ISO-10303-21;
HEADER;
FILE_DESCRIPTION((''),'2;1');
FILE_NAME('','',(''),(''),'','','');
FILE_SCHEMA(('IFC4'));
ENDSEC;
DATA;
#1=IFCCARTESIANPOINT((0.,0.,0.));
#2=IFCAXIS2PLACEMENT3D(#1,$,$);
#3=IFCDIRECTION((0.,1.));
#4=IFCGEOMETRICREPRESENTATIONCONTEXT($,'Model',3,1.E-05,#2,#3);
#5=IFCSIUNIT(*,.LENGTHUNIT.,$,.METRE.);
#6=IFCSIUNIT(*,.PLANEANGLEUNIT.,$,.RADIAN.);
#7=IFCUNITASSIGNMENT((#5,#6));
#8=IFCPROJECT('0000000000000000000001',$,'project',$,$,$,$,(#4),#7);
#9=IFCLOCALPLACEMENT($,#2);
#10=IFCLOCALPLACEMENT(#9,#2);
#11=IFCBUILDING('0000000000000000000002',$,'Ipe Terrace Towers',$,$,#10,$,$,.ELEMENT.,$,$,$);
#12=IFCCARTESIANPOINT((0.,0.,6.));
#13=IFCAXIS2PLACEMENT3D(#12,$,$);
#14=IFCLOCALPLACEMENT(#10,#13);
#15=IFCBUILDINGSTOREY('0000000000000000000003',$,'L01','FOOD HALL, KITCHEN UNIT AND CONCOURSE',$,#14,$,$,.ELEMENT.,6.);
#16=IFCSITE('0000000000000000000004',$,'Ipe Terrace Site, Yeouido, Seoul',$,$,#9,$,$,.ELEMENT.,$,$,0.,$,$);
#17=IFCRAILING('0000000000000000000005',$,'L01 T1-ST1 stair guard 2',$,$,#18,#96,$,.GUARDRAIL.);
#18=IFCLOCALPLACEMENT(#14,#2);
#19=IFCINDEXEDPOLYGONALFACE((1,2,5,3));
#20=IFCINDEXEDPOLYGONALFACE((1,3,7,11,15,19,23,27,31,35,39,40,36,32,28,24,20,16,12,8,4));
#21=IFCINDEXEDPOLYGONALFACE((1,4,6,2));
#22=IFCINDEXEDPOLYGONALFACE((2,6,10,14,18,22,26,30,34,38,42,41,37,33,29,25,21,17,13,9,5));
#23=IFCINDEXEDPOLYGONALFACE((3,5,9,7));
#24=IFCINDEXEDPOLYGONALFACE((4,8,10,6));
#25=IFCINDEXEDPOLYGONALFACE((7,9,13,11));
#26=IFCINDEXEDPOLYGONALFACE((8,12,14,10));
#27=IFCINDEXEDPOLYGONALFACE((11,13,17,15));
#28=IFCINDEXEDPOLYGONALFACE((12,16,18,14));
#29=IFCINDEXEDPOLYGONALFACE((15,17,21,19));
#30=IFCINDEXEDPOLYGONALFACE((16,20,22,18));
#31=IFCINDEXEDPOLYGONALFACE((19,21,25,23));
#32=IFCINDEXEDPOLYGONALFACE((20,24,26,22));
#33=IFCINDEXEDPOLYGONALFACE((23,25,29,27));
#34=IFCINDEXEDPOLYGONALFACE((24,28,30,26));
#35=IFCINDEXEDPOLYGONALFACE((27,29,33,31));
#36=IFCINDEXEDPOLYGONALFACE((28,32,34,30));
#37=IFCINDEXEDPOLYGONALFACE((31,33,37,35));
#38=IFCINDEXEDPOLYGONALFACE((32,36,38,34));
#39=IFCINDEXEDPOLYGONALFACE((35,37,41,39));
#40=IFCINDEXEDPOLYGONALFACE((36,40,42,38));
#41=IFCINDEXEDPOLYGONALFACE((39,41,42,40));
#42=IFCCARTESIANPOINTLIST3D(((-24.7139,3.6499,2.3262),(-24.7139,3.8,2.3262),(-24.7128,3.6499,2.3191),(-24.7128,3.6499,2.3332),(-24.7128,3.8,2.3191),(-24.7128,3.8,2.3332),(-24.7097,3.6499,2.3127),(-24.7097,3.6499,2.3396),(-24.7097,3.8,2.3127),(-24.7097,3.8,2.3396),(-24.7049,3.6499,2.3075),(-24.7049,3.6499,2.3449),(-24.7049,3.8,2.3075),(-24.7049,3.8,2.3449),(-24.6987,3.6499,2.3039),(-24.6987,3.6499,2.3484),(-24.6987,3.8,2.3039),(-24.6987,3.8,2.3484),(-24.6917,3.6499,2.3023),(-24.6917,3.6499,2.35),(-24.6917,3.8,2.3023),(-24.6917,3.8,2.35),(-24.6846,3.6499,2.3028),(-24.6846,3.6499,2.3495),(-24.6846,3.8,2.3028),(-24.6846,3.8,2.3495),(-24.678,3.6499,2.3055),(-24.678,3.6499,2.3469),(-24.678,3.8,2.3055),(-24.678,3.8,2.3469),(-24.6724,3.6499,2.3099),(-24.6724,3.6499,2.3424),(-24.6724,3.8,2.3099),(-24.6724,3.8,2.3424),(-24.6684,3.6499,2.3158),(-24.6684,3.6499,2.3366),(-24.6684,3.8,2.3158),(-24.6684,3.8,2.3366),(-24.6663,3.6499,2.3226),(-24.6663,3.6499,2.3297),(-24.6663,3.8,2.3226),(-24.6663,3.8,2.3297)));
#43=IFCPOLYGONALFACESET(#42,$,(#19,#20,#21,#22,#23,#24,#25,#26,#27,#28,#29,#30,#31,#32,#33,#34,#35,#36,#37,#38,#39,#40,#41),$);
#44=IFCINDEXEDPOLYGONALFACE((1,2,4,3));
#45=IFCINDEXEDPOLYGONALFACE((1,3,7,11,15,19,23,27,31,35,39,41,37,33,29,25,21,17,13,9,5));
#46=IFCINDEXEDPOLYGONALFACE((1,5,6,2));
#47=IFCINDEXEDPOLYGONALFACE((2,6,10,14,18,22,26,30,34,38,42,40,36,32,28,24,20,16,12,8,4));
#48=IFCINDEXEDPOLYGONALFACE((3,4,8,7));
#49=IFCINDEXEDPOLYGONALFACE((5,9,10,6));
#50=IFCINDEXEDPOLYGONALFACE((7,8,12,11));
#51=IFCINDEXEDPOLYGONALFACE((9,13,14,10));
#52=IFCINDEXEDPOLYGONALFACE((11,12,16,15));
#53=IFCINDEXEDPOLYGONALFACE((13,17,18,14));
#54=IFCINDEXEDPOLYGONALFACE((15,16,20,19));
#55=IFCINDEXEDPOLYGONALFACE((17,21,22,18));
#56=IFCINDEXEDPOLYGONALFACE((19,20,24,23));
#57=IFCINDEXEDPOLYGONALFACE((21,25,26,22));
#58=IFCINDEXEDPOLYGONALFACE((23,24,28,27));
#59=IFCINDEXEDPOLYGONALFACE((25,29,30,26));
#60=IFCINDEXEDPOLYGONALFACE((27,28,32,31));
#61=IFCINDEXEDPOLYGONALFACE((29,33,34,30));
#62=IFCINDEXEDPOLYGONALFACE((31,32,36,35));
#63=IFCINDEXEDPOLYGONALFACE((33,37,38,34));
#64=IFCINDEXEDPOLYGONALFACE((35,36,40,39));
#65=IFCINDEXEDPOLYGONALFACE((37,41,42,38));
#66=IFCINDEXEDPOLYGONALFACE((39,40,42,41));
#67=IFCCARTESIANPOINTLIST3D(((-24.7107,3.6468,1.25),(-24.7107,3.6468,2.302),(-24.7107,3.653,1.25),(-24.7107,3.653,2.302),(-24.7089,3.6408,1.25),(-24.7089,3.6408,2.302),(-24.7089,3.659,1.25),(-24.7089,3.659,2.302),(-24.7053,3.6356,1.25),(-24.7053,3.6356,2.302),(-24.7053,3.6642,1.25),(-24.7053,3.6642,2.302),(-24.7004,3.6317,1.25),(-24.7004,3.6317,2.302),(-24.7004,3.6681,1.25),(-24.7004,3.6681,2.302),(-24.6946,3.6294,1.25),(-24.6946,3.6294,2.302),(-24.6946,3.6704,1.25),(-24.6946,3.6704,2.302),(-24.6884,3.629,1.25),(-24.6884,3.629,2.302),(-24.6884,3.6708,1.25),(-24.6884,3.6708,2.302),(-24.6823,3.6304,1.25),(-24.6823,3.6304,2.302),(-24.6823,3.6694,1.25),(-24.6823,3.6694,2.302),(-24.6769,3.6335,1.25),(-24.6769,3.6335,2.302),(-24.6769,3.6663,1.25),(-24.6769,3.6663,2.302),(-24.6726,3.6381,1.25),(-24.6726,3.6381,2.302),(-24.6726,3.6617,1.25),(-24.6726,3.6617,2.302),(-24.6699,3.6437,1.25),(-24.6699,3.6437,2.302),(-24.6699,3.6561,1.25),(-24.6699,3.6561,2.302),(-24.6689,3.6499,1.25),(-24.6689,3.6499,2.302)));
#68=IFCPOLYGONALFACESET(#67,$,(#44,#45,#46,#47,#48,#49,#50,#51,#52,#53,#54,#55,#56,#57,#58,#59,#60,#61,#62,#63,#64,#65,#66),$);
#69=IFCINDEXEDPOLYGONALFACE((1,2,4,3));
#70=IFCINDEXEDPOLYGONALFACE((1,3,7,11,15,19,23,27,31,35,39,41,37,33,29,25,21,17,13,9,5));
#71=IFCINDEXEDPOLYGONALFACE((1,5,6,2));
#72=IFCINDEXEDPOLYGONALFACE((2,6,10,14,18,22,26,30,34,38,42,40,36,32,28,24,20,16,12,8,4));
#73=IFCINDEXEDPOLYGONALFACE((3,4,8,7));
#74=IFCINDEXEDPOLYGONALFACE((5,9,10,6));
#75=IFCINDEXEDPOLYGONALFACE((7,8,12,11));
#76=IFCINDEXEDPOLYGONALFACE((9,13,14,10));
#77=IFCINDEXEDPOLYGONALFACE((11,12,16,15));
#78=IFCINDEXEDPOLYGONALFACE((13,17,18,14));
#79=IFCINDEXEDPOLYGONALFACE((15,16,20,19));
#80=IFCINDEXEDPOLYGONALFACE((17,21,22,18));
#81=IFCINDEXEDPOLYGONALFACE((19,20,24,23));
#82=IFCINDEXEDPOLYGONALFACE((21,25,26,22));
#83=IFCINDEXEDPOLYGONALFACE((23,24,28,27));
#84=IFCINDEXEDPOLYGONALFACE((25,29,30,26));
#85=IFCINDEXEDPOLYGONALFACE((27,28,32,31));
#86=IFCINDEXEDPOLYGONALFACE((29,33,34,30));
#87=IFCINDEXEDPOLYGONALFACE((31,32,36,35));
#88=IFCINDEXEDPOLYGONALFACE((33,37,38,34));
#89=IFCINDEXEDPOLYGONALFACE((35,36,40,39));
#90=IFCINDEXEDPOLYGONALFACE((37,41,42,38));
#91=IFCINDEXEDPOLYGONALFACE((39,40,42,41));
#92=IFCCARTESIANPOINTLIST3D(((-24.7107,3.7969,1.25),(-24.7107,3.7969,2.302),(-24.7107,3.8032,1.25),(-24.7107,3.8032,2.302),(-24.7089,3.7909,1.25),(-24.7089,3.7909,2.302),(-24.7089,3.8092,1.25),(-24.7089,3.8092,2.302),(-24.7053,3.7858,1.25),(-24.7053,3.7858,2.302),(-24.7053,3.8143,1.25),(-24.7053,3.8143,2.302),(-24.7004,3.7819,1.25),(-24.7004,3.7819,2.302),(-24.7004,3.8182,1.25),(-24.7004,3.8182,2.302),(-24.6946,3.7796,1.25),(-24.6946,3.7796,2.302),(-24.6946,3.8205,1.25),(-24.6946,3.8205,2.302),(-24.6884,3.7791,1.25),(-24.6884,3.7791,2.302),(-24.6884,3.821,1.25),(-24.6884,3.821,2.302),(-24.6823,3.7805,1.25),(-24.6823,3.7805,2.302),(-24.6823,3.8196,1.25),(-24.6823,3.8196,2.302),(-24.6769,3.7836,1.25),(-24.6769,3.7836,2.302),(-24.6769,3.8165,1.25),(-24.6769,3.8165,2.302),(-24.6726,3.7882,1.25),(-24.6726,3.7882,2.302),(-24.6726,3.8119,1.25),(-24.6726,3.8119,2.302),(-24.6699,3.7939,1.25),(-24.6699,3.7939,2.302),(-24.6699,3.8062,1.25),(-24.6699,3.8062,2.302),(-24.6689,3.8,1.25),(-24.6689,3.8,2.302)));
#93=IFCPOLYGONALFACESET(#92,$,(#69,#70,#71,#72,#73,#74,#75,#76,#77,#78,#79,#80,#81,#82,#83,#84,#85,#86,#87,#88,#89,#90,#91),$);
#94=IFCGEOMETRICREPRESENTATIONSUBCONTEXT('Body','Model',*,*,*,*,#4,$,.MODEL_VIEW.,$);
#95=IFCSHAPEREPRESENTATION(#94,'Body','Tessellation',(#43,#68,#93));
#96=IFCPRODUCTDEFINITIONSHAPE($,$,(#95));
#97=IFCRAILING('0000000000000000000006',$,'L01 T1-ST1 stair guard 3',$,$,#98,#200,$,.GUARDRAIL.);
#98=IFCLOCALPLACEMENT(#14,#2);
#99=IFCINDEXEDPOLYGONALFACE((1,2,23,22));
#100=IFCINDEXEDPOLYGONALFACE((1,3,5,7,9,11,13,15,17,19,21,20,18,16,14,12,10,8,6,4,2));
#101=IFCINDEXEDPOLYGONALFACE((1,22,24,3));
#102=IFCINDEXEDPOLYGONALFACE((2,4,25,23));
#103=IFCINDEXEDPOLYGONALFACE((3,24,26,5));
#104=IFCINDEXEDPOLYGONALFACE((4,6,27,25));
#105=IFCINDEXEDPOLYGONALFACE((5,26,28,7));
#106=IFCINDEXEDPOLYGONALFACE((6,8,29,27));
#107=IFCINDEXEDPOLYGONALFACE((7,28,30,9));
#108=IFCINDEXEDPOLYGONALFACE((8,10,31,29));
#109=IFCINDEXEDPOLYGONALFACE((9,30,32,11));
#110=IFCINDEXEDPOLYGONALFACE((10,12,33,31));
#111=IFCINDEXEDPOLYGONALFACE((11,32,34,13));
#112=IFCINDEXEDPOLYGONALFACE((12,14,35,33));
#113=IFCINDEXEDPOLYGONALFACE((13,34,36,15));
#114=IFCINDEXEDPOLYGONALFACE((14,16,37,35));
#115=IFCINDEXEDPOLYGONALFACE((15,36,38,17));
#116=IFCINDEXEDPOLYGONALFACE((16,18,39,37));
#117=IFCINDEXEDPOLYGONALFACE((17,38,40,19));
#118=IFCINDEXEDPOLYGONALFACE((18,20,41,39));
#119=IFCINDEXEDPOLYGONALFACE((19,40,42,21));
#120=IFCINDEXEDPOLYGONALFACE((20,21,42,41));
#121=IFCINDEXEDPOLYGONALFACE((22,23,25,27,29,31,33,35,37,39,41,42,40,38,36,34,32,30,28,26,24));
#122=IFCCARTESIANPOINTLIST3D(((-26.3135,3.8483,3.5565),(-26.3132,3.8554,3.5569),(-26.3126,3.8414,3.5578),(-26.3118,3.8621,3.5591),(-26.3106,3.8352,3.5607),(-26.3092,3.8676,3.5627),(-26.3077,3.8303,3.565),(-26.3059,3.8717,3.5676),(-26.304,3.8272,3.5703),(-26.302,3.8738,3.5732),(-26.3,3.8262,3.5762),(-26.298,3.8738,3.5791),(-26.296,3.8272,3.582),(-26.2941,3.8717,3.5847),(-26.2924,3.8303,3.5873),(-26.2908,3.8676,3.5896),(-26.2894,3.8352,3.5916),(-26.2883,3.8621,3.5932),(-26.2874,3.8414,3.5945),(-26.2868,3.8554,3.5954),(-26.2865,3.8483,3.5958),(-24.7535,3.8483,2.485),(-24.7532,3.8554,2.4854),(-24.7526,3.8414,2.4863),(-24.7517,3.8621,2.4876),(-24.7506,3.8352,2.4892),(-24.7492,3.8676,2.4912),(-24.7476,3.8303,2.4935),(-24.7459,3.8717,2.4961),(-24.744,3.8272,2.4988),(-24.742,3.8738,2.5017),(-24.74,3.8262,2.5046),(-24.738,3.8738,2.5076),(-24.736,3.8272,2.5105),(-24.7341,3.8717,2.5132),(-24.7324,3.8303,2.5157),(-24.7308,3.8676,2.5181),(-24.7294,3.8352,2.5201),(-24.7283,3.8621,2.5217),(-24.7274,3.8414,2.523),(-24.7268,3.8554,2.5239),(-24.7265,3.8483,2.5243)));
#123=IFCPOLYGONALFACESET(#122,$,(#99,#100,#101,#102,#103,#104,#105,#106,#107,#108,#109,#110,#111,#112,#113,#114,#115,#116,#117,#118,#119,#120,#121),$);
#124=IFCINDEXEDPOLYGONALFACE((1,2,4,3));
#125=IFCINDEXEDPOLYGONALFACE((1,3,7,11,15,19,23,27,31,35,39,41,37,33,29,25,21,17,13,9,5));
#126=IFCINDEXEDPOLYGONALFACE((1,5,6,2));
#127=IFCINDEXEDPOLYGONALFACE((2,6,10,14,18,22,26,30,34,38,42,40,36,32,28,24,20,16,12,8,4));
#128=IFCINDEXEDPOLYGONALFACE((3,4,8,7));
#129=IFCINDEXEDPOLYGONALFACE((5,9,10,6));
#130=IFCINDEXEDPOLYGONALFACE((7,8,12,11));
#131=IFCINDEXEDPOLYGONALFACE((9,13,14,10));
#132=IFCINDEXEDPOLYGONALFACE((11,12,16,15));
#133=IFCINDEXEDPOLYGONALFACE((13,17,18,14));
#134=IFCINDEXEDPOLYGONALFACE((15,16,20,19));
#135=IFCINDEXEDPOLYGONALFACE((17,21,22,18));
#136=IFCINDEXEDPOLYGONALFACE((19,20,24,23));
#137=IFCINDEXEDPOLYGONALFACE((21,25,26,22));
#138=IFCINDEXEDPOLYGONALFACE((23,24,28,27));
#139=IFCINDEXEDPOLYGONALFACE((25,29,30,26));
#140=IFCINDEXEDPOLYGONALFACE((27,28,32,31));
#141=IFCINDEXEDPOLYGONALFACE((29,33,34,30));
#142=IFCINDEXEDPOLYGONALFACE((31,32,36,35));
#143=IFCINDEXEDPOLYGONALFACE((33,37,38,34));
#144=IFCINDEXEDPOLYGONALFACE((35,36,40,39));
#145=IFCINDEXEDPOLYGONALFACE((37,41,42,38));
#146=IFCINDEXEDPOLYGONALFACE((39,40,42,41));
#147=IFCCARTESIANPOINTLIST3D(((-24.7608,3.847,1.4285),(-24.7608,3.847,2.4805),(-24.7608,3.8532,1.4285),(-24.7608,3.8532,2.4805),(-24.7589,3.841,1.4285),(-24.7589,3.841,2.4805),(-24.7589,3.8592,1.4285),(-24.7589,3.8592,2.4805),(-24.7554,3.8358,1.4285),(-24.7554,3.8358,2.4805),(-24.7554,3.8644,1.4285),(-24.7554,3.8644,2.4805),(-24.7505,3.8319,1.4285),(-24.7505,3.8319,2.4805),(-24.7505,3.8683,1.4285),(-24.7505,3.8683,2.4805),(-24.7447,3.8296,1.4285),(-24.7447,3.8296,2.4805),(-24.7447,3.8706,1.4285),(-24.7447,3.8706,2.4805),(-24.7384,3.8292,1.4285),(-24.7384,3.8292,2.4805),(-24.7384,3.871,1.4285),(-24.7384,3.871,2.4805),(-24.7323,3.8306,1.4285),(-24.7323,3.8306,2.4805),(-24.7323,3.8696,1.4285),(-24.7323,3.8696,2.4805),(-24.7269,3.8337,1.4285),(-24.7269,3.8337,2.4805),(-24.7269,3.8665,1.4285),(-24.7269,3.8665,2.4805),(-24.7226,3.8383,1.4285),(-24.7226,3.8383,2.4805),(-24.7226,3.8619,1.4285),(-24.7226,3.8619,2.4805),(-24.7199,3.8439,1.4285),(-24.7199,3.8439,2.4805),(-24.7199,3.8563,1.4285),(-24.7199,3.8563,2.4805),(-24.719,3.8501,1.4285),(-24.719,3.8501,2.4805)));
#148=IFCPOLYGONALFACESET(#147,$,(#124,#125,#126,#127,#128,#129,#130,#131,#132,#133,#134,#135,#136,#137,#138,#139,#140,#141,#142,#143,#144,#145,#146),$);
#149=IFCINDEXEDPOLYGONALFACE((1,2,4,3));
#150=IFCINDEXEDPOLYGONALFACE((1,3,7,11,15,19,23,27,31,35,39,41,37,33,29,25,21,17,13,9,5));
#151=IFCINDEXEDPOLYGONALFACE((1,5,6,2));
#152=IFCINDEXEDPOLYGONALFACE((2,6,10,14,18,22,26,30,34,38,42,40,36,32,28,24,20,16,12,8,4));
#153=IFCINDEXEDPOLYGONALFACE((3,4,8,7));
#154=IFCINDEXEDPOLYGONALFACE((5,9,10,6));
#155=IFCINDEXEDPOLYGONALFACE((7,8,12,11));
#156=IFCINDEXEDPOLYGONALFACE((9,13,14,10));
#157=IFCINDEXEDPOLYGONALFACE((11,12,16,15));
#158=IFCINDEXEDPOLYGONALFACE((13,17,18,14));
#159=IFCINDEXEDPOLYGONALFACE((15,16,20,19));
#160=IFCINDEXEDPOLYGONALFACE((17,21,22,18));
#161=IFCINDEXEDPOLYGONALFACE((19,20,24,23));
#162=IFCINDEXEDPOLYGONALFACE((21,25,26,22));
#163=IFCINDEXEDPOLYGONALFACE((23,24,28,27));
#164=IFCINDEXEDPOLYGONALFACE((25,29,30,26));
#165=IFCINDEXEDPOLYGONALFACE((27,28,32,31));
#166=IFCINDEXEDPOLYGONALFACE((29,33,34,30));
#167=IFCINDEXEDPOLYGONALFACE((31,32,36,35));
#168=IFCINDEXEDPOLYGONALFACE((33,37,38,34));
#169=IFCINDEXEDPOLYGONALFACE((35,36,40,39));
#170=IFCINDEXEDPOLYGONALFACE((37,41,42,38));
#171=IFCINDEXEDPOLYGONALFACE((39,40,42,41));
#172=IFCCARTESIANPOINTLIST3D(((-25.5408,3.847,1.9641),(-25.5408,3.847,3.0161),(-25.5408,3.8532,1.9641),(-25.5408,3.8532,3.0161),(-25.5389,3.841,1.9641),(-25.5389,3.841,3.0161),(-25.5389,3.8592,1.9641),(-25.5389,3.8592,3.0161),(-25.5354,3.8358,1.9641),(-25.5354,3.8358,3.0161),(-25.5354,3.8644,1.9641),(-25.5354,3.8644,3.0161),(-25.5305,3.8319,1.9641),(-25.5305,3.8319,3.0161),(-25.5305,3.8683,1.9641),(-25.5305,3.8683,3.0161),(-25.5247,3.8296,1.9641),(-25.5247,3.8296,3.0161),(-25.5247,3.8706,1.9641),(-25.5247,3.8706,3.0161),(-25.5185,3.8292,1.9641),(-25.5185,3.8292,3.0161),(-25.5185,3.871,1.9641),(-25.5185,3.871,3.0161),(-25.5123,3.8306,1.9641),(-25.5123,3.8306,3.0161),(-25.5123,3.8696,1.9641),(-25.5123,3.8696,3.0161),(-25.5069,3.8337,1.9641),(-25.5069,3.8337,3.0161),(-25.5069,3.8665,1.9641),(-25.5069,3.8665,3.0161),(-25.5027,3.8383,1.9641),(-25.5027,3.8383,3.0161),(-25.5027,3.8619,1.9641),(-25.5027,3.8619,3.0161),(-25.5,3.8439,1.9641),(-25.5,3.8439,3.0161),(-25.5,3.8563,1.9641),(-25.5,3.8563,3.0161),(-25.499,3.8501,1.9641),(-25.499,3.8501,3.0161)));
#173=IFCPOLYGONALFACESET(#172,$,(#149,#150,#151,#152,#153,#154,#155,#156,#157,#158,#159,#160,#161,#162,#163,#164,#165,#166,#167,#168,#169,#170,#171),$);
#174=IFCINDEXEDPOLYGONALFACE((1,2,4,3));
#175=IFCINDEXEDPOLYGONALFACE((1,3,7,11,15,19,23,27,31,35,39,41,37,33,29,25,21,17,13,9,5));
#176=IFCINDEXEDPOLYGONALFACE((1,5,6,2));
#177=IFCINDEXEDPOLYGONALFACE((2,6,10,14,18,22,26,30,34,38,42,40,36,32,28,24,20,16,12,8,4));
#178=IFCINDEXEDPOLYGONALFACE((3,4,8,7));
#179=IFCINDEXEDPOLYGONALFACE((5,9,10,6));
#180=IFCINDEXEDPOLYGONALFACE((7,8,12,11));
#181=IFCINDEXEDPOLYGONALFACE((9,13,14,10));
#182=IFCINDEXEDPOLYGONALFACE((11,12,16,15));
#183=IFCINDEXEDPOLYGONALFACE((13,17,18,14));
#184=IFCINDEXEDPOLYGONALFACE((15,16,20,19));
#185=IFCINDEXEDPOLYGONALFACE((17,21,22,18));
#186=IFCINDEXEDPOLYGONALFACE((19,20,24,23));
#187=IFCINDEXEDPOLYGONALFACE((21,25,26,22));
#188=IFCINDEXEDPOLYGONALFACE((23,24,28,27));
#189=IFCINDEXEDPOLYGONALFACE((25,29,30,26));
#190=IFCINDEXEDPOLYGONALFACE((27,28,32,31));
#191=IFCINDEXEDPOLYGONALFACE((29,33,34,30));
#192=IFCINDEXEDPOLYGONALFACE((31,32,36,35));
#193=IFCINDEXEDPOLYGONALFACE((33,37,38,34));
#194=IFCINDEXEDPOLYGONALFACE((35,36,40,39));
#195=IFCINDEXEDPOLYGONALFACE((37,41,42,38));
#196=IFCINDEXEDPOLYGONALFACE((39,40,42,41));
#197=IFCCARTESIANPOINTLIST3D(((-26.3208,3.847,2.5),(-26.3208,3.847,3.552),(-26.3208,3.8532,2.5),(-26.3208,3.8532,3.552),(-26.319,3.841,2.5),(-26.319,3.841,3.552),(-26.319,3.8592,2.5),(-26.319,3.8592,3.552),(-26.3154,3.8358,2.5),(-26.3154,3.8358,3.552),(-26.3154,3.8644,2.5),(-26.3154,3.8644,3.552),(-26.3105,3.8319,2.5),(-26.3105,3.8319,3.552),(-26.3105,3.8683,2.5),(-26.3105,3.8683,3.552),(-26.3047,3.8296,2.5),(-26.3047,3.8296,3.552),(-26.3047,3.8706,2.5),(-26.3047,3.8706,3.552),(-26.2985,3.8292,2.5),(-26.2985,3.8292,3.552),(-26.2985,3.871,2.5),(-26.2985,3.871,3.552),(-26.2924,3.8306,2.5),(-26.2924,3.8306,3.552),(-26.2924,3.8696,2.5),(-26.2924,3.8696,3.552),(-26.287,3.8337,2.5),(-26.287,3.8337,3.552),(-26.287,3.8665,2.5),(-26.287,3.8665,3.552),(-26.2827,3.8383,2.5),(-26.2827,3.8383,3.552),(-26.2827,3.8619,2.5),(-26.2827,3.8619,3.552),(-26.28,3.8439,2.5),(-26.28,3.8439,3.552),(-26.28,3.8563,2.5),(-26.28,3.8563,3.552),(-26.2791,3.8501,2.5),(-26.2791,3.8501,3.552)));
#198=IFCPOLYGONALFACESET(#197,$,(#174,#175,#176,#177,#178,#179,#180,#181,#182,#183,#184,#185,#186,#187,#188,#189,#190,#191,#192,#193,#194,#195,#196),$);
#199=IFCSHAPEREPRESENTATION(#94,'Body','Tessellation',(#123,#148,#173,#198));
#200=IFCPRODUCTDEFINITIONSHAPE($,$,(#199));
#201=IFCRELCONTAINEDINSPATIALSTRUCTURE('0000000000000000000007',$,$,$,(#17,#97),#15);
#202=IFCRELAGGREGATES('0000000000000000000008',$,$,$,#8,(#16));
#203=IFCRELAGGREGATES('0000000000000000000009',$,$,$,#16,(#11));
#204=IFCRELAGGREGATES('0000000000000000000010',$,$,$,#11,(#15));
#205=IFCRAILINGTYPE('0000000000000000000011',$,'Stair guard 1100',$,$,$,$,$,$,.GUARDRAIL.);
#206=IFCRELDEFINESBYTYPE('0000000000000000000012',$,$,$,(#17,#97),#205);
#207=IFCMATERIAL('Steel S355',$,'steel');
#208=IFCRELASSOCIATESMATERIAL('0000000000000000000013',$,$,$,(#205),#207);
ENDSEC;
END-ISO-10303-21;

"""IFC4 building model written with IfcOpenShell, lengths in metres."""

from ifc_helpers import new_model, si_unit, direction, frame, origin, origin_2d, place, context, subcontext, project, spatial, circle, extrude, material, type_object, element, save


model = new_model("IFC4")

# Units and contexts
model_context = context("Model", 3, precision=1e-05, world=origin(), true_north=direction((0.0, 1.0)))
body_context = subcontext(model_context, "Body", "Model", "MODEL_VIEW")
ifc_project = project(units=[si_unit("LENGTHUNIT", "METRE"), si_unit("PLANEANGLEUNIT", "RADIAN")], contexts=[model_context])

# Site, building, storey
site_placement = place(None, origin())
site = spatial("IfcSite", under=ifc_project, at=site_placement, Name="Ipe Terrace Site, Yeouido, Seoul", CompositionType="ELEMENT", RefElevation=0.0)
building_placement = place(site_placement, origin())
building = spatial("IfcBuilding", under=site, at=building_placement, Name="Ipe Terrace Towers", CompositionType="ELEMENT")
storey_placement = place(building_placement, frame((0.0, 0.0, 6.0)))
storey = spatial("IfcBuildingStorey", under=building, at=storey_placement, Name="L01", Description="FOOD HALL, KITCHEN UNIT AND CONCOURSE", CompositionType="ELEMENT", Elevation=6.0)

# Railings
ifc_material_1 = material(Name="Steel S355", Category="steel")
railing_type_1 = type_object("IfcRailingType", Name="Stair guard 1100", PredefinedType="GUARDRAIL", material=ifc_material_1)
railing_1_placement = place(storey_placement, frame((-24.6899, 3.6499, 1.25)))
element("IfcRailing", 1, at=railing_1_placement, inside=storey, type_object=railing_type_1, Name="L01 T1-ST1 stair guard 2", PredefinedType="GUARDRAIL", context=body_context, shape_type="SweptSolid", body=[
    extrude(circle(Radius=0.0239, at=origin_2d()), frame((0.0, 0.0, 1.0762), z_axis=(0.0, 1.0, 0.0), x_axis=(-1.0, 0.0, 0.0)), (0.0, 0.0, 1.0), 0.1501),
    extrude(circle(Radius=0.021, at=origin_2d()), origin(), (0.0, 0.0, 1.0), 1.052),
    extrude(circle(Radius=0.021, at=origin_2d()), frame((0.0, 0.1501, 0.0)), (0.0, 0.0, 1.0), 1.052),
])
railing_2_placement = place(storey_placement, frame((-24.74, 3.8501, 1.4285)))
element("IfcRailing", 2, at=railing_2_placement, inside=storey, type_object=railing_type_1, Name="L01 T1-ST1 stair guard 3", PredefinedType="GUARDRAIL", context=body_context, shape_type="SweptSolid", body=[
    extrude(circle(Radius=0.0239, at=origin_2d()), frame((0.0, 0.0, 1.0762), z_axis=(-0.82429, 0.0, 0.566167), x_axis=(0.0, -1.0, 0.0)), (0.0, 0.0, 1.0), 1.8926),
    extrude(circle(Radius=0.021, at=origin_2d()), origin(), (0.0, 0.0, 1.0), 1.052),
    extrude(circle(Radius=0.021, at=origin_2d()), frame((-0.78, 0.0, 0.5356)), (0.0, 0.0, 1.0), 1.052),
    extrude(circle(Radius=0.021, at=origin_2d()), frame((-1.5601, 0.0, 1.0715)), (0.0, 0.0, 1.0), 1.052),
])

save(model, "model.ifc")
